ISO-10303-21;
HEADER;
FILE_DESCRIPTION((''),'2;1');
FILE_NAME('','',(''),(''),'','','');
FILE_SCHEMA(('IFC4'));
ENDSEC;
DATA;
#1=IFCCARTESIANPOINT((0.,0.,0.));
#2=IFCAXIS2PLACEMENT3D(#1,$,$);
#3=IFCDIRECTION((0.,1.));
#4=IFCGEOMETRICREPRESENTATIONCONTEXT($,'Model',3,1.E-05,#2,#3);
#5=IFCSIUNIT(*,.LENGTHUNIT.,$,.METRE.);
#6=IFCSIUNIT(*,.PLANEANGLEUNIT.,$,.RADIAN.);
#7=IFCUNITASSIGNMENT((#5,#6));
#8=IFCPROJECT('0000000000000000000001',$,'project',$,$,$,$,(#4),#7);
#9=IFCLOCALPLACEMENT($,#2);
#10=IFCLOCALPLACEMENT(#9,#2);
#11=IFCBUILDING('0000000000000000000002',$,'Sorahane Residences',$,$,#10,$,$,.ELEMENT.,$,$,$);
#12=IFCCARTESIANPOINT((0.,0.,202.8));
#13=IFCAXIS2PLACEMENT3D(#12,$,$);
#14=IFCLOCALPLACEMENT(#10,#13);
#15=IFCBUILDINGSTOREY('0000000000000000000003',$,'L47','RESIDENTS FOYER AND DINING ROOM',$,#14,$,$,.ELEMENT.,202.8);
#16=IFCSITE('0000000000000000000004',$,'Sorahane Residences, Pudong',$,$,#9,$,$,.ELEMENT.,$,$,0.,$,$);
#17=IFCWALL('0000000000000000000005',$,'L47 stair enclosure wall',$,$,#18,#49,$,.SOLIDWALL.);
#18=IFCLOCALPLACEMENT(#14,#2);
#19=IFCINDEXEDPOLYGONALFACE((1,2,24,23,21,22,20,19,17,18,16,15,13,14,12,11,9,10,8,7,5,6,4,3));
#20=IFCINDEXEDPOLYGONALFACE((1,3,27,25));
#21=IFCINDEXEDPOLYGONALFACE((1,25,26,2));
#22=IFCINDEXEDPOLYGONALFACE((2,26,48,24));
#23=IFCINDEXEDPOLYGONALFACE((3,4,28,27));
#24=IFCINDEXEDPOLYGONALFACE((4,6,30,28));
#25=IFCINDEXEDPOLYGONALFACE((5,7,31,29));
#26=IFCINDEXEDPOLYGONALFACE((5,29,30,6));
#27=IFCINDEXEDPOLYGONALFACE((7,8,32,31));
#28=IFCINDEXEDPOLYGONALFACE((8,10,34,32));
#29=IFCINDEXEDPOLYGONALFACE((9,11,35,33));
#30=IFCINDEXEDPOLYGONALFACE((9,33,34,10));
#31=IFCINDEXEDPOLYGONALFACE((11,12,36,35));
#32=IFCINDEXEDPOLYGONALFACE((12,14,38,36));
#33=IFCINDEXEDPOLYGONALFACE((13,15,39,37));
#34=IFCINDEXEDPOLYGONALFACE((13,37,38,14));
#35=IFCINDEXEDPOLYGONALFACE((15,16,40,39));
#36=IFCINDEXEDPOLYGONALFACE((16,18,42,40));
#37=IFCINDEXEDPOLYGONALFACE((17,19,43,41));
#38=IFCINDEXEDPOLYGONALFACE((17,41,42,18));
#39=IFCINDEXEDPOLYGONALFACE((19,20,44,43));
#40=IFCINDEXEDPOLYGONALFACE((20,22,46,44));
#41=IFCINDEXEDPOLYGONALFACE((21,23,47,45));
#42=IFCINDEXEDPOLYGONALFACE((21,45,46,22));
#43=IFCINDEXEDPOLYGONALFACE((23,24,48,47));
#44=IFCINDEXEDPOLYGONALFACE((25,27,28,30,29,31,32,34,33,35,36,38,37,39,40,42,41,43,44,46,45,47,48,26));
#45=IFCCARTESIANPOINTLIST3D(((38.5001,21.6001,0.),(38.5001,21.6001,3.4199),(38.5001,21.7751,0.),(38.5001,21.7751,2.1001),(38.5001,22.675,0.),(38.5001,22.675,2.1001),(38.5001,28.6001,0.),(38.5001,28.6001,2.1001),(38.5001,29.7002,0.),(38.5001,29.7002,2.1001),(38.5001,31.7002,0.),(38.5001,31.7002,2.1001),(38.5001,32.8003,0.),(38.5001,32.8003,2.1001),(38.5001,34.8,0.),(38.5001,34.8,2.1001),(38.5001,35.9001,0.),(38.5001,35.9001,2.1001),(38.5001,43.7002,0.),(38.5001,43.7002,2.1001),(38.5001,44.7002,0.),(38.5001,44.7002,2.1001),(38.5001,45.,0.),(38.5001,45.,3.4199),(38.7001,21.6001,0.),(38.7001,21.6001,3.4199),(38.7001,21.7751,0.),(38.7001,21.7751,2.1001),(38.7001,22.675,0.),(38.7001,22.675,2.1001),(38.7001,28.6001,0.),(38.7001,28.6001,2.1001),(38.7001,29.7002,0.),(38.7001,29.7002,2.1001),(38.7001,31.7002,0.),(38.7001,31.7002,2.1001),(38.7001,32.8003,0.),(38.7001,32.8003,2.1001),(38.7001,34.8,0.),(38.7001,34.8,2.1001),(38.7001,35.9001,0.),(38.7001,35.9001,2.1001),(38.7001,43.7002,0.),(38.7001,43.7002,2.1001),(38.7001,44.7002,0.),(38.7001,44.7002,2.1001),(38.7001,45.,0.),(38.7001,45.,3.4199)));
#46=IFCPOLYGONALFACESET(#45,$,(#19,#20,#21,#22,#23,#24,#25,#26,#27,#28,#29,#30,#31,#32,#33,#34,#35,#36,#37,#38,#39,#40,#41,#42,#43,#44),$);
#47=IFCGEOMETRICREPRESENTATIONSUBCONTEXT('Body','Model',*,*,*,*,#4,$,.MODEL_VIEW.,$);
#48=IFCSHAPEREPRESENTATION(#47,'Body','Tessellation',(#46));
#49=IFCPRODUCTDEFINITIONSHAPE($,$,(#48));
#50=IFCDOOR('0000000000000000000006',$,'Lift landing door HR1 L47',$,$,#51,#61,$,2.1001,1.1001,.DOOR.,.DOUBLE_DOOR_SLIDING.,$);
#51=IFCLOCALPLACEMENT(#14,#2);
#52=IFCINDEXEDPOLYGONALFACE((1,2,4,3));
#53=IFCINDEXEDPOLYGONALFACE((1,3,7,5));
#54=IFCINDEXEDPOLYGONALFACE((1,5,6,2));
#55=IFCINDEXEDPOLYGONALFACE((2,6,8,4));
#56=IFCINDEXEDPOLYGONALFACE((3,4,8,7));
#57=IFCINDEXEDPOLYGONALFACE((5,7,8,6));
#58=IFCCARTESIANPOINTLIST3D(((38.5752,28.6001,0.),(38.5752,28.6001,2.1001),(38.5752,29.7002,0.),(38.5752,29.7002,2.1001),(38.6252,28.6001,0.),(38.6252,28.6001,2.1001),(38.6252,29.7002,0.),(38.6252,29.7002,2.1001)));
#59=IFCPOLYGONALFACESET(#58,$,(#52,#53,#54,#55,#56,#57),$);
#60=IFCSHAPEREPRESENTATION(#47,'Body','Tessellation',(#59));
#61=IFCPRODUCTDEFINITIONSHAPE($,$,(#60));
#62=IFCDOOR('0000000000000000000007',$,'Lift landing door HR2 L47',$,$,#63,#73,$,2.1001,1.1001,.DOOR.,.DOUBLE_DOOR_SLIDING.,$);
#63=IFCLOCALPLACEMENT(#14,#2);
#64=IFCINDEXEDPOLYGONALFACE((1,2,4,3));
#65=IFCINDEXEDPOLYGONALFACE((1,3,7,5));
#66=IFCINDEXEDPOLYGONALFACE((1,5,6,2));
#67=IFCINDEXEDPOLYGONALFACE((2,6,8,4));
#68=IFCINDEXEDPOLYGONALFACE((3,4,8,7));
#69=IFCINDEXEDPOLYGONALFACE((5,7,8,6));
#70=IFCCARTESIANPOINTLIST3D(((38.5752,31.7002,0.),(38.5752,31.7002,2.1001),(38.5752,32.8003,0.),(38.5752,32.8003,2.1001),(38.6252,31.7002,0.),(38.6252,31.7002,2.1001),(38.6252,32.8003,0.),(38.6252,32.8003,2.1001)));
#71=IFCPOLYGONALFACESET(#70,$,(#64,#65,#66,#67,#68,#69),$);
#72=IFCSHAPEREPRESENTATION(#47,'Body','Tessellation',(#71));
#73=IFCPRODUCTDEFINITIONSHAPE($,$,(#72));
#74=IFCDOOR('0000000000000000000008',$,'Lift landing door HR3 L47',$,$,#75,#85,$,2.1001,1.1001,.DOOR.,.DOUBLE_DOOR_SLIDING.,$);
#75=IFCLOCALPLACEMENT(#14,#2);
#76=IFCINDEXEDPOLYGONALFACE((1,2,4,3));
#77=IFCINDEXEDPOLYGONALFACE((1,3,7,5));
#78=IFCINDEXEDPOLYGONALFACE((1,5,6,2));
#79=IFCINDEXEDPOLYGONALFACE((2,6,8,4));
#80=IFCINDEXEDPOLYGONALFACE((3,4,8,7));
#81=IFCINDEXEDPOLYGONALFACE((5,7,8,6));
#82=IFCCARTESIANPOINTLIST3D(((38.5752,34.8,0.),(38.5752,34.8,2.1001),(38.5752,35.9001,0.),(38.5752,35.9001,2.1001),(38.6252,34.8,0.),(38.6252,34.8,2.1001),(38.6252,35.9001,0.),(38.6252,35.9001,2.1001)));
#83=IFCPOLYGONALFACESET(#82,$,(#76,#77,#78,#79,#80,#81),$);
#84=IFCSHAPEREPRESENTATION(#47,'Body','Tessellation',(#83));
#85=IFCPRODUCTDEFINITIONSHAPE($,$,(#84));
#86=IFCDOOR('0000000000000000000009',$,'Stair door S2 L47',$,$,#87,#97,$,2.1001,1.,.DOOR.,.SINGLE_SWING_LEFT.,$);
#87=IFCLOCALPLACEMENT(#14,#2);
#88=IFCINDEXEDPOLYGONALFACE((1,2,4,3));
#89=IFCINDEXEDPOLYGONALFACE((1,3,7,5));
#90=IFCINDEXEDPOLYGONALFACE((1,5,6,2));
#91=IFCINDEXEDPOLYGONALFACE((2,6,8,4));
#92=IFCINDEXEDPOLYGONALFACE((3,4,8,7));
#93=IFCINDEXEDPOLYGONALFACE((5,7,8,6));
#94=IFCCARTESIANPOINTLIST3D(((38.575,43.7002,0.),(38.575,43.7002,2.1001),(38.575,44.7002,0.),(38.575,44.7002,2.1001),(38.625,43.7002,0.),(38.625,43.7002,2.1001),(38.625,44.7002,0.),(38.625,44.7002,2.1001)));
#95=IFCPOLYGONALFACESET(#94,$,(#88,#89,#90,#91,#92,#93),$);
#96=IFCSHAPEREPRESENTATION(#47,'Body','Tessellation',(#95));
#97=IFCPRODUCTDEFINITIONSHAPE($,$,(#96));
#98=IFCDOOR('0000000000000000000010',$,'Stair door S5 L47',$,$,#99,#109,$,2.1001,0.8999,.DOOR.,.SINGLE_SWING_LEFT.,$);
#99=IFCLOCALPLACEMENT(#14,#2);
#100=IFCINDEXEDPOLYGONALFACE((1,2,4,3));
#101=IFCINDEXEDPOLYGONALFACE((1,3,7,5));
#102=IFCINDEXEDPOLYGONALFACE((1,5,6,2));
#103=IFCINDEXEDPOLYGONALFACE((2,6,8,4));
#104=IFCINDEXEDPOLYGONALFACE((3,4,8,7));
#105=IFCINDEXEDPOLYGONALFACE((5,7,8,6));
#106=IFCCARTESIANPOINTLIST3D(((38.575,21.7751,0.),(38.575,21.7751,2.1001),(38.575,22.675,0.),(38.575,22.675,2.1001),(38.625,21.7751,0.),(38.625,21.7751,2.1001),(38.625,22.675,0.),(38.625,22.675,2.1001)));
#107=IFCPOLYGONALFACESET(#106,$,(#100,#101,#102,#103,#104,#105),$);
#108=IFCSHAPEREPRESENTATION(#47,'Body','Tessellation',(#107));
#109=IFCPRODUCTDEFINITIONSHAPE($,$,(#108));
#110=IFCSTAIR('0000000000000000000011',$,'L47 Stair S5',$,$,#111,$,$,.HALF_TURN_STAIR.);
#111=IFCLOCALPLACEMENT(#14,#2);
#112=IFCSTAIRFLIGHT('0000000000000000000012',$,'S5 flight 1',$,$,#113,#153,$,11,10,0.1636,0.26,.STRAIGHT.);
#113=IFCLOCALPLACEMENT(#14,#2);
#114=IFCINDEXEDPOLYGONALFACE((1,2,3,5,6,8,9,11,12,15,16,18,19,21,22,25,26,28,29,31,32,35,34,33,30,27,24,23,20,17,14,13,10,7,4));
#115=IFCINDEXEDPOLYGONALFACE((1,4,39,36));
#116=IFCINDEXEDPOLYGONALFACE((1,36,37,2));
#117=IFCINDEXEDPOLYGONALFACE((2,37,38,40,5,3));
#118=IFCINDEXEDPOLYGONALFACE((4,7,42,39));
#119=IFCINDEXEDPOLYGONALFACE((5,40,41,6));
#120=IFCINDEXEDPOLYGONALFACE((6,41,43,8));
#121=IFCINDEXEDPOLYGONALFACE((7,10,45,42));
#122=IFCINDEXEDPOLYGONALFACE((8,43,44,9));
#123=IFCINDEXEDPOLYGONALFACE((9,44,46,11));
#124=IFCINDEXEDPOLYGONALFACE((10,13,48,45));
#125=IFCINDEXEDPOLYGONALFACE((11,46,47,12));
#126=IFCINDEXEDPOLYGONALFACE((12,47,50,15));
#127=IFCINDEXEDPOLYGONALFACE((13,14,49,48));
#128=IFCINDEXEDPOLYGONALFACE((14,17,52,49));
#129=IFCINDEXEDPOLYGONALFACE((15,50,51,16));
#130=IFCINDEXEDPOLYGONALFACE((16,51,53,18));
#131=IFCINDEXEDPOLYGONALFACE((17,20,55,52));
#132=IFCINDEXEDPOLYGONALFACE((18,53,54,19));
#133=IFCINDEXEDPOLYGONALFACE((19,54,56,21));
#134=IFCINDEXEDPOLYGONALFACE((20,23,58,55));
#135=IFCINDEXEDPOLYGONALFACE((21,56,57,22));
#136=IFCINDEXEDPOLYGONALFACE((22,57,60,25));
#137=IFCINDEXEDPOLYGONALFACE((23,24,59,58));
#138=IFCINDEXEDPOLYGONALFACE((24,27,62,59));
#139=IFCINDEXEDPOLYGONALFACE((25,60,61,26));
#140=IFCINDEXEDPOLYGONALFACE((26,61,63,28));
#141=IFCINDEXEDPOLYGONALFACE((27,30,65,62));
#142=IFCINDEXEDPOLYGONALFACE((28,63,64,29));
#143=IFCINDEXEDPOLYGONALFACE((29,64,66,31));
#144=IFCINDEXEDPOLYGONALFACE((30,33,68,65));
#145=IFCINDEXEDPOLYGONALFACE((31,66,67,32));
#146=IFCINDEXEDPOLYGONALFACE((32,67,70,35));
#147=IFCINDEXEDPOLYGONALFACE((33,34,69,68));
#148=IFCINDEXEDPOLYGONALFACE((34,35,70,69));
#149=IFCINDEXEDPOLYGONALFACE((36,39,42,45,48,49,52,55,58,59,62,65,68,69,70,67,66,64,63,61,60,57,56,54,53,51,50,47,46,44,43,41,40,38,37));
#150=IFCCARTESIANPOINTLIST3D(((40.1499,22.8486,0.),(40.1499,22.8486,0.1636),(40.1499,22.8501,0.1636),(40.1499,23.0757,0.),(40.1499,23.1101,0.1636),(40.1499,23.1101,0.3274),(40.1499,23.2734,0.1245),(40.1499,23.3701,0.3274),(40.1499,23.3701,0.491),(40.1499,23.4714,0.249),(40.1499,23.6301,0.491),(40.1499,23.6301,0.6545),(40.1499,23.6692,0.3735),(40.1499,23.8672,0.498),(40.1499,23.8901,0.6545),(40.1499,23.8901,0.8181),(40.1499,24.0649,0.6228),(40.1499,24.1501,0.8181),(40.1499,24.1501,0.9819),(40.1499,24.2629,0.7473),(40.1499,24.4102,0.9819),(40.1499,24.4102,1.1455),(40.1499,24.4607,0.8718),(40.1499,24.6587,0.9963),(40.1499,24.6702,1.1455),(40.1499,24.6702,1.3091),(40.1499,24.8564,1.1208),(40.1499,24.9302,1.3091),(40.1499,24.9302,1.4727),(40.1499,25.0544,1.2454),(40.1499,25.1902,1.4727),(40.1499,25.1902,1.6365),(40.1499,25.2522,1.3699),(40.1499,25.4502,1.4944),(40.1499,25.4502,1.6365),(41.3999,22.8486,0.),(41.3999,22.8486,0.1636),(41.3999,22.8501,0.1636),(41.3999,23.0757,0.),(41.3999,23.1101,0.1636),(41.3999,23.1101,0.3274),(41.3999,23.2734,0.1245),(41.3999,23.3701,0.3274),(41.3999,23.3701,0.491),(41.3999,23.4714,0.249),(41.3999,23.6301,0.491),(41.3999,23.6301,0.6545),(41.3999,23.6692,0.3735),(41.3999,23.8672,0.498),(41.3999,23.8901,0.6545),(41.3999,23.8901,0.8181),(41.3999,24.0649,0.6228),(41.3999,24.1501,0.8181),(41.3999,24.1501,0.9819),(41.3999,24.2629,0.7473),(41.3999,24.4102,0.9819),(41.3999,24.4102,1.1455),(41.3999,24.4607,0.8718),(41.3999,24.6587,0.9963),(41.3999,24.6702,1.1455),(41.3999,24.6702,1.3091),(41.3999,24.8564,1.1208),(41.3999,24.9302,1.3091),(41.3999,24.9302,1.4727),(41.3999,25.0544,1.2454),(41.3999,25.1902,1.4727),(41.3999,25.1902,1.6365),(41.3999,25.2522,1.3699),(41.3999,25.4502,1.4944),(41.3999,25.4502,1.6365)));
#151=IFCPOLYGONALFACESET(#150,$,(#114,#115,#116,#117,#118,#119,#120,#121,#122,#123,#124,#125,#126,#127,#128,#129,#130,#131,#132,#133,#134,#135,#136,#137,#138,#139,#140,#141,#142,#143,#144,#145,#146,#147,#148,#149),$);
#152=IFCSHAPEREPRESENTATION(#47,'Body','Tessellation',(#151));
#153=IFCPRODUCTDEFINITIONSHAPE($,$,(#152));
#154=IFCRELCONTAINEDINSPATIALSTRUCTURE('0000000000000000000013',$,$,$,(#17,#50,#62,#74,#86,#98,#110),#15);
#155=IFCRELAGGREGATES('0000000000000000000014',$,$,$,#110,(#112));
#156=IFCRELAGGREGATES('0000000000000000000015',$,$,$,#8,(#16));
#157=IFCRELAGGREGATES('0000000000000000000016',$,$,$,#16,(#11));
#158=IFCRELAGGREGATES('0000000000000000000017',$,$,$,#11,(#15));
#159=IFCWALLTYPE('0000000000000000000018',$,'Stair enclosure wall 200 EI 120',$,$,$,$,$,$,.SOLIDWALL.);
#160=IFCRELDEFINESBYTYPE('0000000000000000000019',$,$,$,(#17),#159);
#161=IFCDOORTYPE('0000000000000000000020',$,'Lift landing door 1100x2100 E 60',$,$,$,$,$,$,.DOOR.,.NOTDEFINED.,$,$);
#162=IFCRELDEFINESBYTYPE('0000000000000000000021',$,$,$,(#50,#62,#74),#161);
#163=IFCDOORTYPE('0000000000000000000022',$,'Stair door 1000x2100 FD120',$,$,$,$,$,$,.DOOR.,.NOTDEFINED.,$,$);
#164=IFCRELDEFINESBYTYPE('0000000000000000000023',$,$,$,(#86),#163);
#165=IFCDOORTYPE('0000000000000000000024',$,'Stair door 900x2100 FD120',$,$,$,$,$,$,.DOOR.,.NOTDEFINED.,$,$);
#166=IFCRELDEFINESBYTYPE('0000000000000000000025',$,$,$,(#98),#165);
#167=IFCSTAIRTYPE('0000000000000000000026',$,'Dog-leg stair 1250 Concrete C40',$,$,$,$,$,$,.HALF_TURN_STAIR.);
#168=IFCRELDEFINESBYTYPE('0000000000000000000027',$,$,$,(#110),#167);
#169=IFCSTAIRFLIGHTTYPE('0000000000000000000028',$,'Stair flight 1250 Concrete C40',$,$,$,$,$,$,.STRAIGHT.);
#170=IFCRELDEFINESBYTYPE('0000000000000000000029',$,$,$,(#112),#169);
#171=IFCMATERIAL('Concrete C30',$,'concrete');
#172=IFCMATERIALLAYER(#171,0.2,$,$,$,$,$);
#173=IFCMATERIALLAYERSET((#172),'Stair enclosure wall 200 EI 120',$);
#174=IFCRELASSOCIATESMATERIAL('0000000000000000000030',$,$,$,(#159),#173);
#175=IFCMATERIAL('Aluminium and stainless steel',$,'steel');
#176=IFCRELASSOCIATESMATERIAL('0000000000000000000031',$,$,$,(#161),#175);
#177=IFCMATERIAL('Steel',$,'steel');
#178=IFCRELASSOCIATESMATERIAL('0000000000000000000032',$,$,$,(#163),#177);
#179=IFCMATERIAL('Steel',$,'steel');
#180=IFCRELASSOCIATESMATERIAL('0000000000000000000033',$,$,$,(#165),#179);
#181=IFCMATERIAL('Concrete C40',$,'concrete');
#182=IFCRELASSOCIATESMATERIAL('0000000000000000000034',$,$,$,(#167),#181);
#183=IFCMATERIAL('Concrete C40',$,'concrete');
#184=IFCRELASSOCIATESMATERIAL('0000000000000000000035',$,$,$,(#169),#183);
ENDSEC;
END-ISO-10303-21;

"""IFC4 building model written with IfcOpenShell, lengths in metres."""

from ifc_helpers import new_model, si_unit, direction, frame, frame_2d, origin, place, context, subcontext, project, spatial, polyline, rectangle, outline, extrude, material, layer, layer_set, type_object, element, fill, aggregate, save


model = new_model("IFC4")

# Units and contexts
model_context = context("Model", 3, precision=1e-05, world=origin(), true_north=direction((0.0, 1.0)))
body_context = subcontext(model_context, "Body", "Model", "MODEL_VIEW")
ifc_project = project(units=[si_unit("LENGTHUNIT", "METRE"), si_unit("PLANEANGLEUNIT", "RADIAN")], contexts=[model_context])

# Site, building, storey
site_placement = place(None, origin())
site = spatial("IfcSite", under=ifc_project, at=site_placement, Name="Sorahane Residences, Pudong", CompositionType="ELEMENT", RefElevation=0.0)
building_placement = place(site_placement, origin())
building = spatial("IfcBuilding", under=site, at=building_placement, Name="Sorahane Residences", CompositionType="ELEMENT")
storey_placement = place(building_placement, frame((0.0, 0.0, 202.8)))
storey = spatial("IfcBuildingStorey", under=building, at=storey_placement, Name="L47", Description="RESIDENTS FOYER AND DINING ROOM", CompositionType="ELEMENT", Elevation=202.8)

# Wall, openings, doors
ifc_material_1 = material(Name="Concrete C30", Category="concrete")
ifc_layer_1 = layer(ifc_material_1, 0.2)
ifc_layer_set_1 = layer_set([ifc_layer_1], Name="Stair enclosure wall 200 EI 120")
wall_type_1 = type_object("IfcWallType", Name="Stair enclosure wall 200 EI 120", PredefinedType="SOLIDWALL", material=ifc_layer_set_1)
wall_1_placement = place(storey_placement, frame((38.6001, 21.6001, 0.0), z_axis=(0.0, 0.0, 1.0), x_axis=(0.0, 1.0, 0.0)))
wall_1 = element("IfcWall", 1, at=wall_1_placement, inside=storey, type_object=wall_type_1, Name="L47 stair enclosure wall", PredefinedType="SOLIDWALL", context=body_context, shape_type="SweptSolid", body=[
    extrude(rectangle(XDim=23.3999, YDim=0.2, at=frame_2d((11.7, 0.0))), origin(), (0.0, 0.0, 1.0), 3.4199),
])
opening_1_placement = place(wall_1_placement, frame((7.0, 0.0, 0.0)))
opening_1 = element("IfcOpeningElement", 2, at=opening_1_placement, cuts=wall_1, PredefinedType="OPENING", context=body_context, shape_type="SweptSolid", body=[
    extrude(rectangle(XDim=1.1001, YDim=2.1001, at=frame_2d((0.55, 1.05))), frame((0.0, 0.1099, 0.0), z_axis=(0.0, -1.0, 0.0), x_axis=(1.0, 0.0, 0.0)), (0.0, 0.0, 1.0), 0.22),
])
opening_2_placement = place(wall_1_placement, frame((10.1001, 0.0, 0.0)))
opening_2 = element("IfcOpeningElement", 3, at=opening_2_placement, cuts=wall_1, PredefinedType="OPENING", context=body_context, shape_type="SweptSolid", body=[
    extrude(rectangle(XDim=1.1001, YDim=2.1001, at=frame_2d((0.55, 1.05))), frame((0.0, 0.1099, 0.0), z_axis=(0.0, -1.0, 0.0), x_axis=(1.0, 0.0, 0.0)), (0.0, 0.0, 1.0), 0.22),
])
opening_3_placement = place(wall_1_placement, frame((13.2, 0.0, 0.0)))
opening_3 = element("IfcOpeningElement", 4, at=opening_3_placement, cuts=wall_1, PredefinedType="OPENING", context=body_context, shape_type="SweptSolid", body=[
    extrude(rectangle(XDim=1.1001, YDim=2.1001, at=frame_2d((0.55, 1.05))), frame((0.0, 0.1099, 0.0), z_axis=(0.0, -1.0, 0.0), x_axis=(1.0, 0.0, 0.0)), (0.0, 0.0, 1.0), 0.22),
])
opening_4_placement = place(wall_1_placement, frame((22.1001, 0.0, 0.0)))
opening_4 = element("IfcOpeningElement", 5, at=opening_4_placement, cuts=wall_1, PredefinedType="OPENING", context=body_context, shape_type="SweptSolid", body=[
    extrude(rectangle(XDim=1.0, YDim=2.1001, at=frame_2d((0.5, 1.05))), frame((0.0, 0.1099, 0.0), z_axis=(0.0, -1.0, 0.0), x_axis=(1.0, 0.0, 0.0)), (0.0, 0.0, 1.0), 0.22),
])
opening_5_placement = place(wall_1_placement, frame((0.175, 0.0, 0.0)))
opening_5 = element("IfcOpeningElement", 6, at=opening_5_placement, cuts=wall_1, PredefinedType="OPENING", context=body_context, shape_type="SweptSolid", body=[
    extrude(rectangle(XDim=0.8999, YDim=2.1001, at=frame_2d((0.45, 1.05))), frame((0.0, 0.1099, 0.0), z_axis=(0.0, -1.0, 0.0), x_axis=(1.0, 0.0, 0.0)), (0.0, 0.0, 1.0), 0.22),
])
ifc_material_2 = material(Name="Aluminium and stainless steel", Category="steel")
door_type_1 = type_object("IfcDoorType", Name="Lift landing door 1100x2100 E 60", OperationType="NOTDEFINED", PredefinedType="DOOR", material=ifc_material_2)
door_1_placement = place(opening_1_placement, origin())
door_1 = element("IfcDoor", 7, at=door_1_placement, inside=storey, type_object=door_type_1, Name="Lift landing door HR1 L47", OperationType="DOUBLE_DOOR_SLIDING", OverallHeight=2.1001, OverallWidth=1.1001, PredefinedType="DOOR", context=body_context, shape_type="SweptSolid", body=[
    extrude(rectangle(XDim=1.1001, YDim=2.1001, at=frame_2d((0.55, 1.05))), frame((0.0, 0.0249, 0.0), z_axis=(0.0, -1.0, 0.0), x_axis=(1.0, 0.0, 0.0)), (0.0, 0.0, 1.0), 0.05),
])
fill(opening_1, door_1)
door_2_placement = place(opening_2_placement, origin())
door_2 = element("IfcDoor", 8, at=door_2_placement, inside=storey, type_object=door_type_1, Name="Lift landing door HR2 L47", OperationType="DOUBLE_DOOR_SLIDING", OverallHeight=2.1001, OverallWidth=1.1001, PredefinedType="DOOR", context=body_context, shape_type="SweptSolid", body=[
    extrude(rectangle(XDim=1.1001, YDim=2.1001, at=frame_2d((0.55, 1.05))), frame((0.0, 0.0249, 0.0), z_axis=(0.0, -1.0, 0.0), x_axis=(1.0, 0.0, 0.0)), (0.0, 0.0, 1.0), 0.05),
])
fill(opening_2, door_2)
door_3_placement = place(opening_3_placement, origin())
door_3 = element("IfcDoor", 9, at=door_3_placement, inside=storey, type_object=door_type_1, Name="Lift landing door HR3 L47", OperationType="DOUBLE_DOOR_SLIDING", OverallHeight=2.1001, OverallWidth=1.1001, PredefinedType="DOOR", context=body_context, shape_type="SweptSolid", body=[
    extrude(rectangle(XDim=1.1001, YDim=2.1001, at=frame_2d((0.55, 1.05))), frame((0.0, 0.0249, 0.0), z_axis=(0.0, -1.0, 0.0), x_axis=(1.0, 0.0, 0.0)), (0.0, 0.0, 1.0), 0.05),
])
fill(opening_3, door_3)
ifc_material_3 = material(Name="Steel", Category="steel")
door_type_2 = type_object("IfcDoorType", Name="Stair door 1000x2100 FD120", OperationType="NOTDEFINED", PredefinedType="DOOR", material=ifc_material_3)
door_4_placement = place(opening_4_placement, frame((1.0, 0.0, 0.0), z_axis=(0.0, 0.0, 1.0), x_axis=(-1.0, 0.0, 0.0)))
door_4 = element("IfcDoor", 10, at=door_4_placement, inside=storey, type_object=door_type_2, Name="Stair door S2 L47", OperationType="SINGLE_SWING_LEFT", OverallHeight=2.1001, OverallWidth=1.0, PredefinedType="DOOR", context=body_context, shape_type="SweptSolid", body=[
    extrude(rectangle(XDim=1.0, YDim=2.1001, at=frame_2d((0.5, 1.05))), frame((0.0, 0.0249, 0.0), z_axis=(0.0, -1.0, 0.0), x_axis=(1.0, 0.0, 0.0)), (0.0, 0.0, 1.0), 0.05),
])
fill(opening_4, door_4)
ifc_material_4 = material(Name="Steel", Category="steel")
door_type_3 = type_object("IfcDoorType", Name="Stair door 900x2100 FD120", OperationType="NOTDEFINED", PredefinedType="DOOR", material=ifc_material_4)
door_5_placement = place(opening_5_placement, frame((0.8999, 0.0, 0.0), z_axis=(0.0, 0.0, 1.0), x_axis=(-1.0, 0.0, 0.0)))
door_5 = element("IfcDoor", 11, at=door_5_placement, inside=storey, type_object=door_type_3, Name="Stair door S5 L47", OperationType="SINGLE_SWING_LEFT", OverallHeight=2.1001, OverallWidth=0.8999, PredefinedType="DOOR", context=body_context, shape_type="SweptSolid", body=[
    extrude(rectangle(XDim=0.8999, YDim=2.1001, at=frame_2d((0.45, 1.05))), frame((0.0, 0.0249, 0.0), z_axis=(0.0, -1.0, 0.0), x_axis=(1.0, 0.0, 0.0)), (0.0, 0.0, 1.0), 0.05),
])
fill(opening_5, door_5)

# Stair, stair flight
ifc_material_5 = material(Name="Concrete C40", Category="concrete")
stair_type = type_object("IfcStairType", Name="Dog-leg stair 1250 Concrete C40", PredefinedType="HALF_TURN_STAIR", material=ifc_material_5)
stair_placement = place(storey_placement, origin())
stair = element("IfcStair", 12, at=stair_placement, inside=storey, type_object=stair_type, Name="L47 Stair S5", PredefinedType="HALF_TURN_STAIR")
ifc_material_6 = material(Name="Concrete C40", Category="concrete")
stair_flight_type = type_object("IfcStairFlightType", Name="Stair flight 1250 Concrete C40", PredefinedType="STRAIGHT", material=ifc_material_6)
stair_flight_placement = place(storey_placement, frame((40.7749, 22.8501, 0.0), z_axis=(0.0, 0.0, 1.0), x_axis=(0.0, 1.0, 0.0)))
stair_flight = element("IfcStairFlight", 13, at=stair_flight_placement, type_object=stair_flight_type, Name="S5 flight 1", NumberOfRisers=11, NumberOfTreads=10, PredefinedType="STRAIGHT", RiserHeight=0.1636, TreadLength=0.26, context=body_context, shape_type="SweptSolid", body=[
    extrude(outline(polyline([(-0.0015, 0.0), (-0.0015, 0.1636), (0.0, 0.1636), (0.26, 0.1636), (0.26, 0.3274), (0.52, 0.3274), (0.52, 0.491), (0.78, 0.491), (0.78, 0.6545), (1.04, 0.6545), (1.04, 0.8181), (1.3, 0.8181), (1.3, 0.9819), (1.5601, 0.9819), (1.5601, 1.1455), (1.8201, 1.1455), (1.8201, 1.3091), (2.0801, 1.3091), (2.0801, 1.4727), (2.3401, 1.4727), (2.3401, 1.6365), (2.6001, 1.6365), (2.6001, 1.8), (2.6001, 1.4944), (2.4021, 1.3699), (2.2043, 1.2454), (2.0063, 1.1208), (1.8086, 0.9963), (1.6106, 0.8718), (1.4128, 0.7473), (1.2148, 0.6228), (1.0171, 0.498), (0.8191, 0.3735), (0.6213, 0.249), (0.4233, 0.1245), (0.2256, 0.0), (-0.0015, 0.0)])), frame((0.0, 0.625, 0.0), z_axis=(0.0, -1.0, 0.0), x_axis=(1.0, 0.0, 0.0)), (0.0, 0.0, 1.0), 1.25),
])
aggregate(stair, [stair_flight])

save(model, "model.ifc")
